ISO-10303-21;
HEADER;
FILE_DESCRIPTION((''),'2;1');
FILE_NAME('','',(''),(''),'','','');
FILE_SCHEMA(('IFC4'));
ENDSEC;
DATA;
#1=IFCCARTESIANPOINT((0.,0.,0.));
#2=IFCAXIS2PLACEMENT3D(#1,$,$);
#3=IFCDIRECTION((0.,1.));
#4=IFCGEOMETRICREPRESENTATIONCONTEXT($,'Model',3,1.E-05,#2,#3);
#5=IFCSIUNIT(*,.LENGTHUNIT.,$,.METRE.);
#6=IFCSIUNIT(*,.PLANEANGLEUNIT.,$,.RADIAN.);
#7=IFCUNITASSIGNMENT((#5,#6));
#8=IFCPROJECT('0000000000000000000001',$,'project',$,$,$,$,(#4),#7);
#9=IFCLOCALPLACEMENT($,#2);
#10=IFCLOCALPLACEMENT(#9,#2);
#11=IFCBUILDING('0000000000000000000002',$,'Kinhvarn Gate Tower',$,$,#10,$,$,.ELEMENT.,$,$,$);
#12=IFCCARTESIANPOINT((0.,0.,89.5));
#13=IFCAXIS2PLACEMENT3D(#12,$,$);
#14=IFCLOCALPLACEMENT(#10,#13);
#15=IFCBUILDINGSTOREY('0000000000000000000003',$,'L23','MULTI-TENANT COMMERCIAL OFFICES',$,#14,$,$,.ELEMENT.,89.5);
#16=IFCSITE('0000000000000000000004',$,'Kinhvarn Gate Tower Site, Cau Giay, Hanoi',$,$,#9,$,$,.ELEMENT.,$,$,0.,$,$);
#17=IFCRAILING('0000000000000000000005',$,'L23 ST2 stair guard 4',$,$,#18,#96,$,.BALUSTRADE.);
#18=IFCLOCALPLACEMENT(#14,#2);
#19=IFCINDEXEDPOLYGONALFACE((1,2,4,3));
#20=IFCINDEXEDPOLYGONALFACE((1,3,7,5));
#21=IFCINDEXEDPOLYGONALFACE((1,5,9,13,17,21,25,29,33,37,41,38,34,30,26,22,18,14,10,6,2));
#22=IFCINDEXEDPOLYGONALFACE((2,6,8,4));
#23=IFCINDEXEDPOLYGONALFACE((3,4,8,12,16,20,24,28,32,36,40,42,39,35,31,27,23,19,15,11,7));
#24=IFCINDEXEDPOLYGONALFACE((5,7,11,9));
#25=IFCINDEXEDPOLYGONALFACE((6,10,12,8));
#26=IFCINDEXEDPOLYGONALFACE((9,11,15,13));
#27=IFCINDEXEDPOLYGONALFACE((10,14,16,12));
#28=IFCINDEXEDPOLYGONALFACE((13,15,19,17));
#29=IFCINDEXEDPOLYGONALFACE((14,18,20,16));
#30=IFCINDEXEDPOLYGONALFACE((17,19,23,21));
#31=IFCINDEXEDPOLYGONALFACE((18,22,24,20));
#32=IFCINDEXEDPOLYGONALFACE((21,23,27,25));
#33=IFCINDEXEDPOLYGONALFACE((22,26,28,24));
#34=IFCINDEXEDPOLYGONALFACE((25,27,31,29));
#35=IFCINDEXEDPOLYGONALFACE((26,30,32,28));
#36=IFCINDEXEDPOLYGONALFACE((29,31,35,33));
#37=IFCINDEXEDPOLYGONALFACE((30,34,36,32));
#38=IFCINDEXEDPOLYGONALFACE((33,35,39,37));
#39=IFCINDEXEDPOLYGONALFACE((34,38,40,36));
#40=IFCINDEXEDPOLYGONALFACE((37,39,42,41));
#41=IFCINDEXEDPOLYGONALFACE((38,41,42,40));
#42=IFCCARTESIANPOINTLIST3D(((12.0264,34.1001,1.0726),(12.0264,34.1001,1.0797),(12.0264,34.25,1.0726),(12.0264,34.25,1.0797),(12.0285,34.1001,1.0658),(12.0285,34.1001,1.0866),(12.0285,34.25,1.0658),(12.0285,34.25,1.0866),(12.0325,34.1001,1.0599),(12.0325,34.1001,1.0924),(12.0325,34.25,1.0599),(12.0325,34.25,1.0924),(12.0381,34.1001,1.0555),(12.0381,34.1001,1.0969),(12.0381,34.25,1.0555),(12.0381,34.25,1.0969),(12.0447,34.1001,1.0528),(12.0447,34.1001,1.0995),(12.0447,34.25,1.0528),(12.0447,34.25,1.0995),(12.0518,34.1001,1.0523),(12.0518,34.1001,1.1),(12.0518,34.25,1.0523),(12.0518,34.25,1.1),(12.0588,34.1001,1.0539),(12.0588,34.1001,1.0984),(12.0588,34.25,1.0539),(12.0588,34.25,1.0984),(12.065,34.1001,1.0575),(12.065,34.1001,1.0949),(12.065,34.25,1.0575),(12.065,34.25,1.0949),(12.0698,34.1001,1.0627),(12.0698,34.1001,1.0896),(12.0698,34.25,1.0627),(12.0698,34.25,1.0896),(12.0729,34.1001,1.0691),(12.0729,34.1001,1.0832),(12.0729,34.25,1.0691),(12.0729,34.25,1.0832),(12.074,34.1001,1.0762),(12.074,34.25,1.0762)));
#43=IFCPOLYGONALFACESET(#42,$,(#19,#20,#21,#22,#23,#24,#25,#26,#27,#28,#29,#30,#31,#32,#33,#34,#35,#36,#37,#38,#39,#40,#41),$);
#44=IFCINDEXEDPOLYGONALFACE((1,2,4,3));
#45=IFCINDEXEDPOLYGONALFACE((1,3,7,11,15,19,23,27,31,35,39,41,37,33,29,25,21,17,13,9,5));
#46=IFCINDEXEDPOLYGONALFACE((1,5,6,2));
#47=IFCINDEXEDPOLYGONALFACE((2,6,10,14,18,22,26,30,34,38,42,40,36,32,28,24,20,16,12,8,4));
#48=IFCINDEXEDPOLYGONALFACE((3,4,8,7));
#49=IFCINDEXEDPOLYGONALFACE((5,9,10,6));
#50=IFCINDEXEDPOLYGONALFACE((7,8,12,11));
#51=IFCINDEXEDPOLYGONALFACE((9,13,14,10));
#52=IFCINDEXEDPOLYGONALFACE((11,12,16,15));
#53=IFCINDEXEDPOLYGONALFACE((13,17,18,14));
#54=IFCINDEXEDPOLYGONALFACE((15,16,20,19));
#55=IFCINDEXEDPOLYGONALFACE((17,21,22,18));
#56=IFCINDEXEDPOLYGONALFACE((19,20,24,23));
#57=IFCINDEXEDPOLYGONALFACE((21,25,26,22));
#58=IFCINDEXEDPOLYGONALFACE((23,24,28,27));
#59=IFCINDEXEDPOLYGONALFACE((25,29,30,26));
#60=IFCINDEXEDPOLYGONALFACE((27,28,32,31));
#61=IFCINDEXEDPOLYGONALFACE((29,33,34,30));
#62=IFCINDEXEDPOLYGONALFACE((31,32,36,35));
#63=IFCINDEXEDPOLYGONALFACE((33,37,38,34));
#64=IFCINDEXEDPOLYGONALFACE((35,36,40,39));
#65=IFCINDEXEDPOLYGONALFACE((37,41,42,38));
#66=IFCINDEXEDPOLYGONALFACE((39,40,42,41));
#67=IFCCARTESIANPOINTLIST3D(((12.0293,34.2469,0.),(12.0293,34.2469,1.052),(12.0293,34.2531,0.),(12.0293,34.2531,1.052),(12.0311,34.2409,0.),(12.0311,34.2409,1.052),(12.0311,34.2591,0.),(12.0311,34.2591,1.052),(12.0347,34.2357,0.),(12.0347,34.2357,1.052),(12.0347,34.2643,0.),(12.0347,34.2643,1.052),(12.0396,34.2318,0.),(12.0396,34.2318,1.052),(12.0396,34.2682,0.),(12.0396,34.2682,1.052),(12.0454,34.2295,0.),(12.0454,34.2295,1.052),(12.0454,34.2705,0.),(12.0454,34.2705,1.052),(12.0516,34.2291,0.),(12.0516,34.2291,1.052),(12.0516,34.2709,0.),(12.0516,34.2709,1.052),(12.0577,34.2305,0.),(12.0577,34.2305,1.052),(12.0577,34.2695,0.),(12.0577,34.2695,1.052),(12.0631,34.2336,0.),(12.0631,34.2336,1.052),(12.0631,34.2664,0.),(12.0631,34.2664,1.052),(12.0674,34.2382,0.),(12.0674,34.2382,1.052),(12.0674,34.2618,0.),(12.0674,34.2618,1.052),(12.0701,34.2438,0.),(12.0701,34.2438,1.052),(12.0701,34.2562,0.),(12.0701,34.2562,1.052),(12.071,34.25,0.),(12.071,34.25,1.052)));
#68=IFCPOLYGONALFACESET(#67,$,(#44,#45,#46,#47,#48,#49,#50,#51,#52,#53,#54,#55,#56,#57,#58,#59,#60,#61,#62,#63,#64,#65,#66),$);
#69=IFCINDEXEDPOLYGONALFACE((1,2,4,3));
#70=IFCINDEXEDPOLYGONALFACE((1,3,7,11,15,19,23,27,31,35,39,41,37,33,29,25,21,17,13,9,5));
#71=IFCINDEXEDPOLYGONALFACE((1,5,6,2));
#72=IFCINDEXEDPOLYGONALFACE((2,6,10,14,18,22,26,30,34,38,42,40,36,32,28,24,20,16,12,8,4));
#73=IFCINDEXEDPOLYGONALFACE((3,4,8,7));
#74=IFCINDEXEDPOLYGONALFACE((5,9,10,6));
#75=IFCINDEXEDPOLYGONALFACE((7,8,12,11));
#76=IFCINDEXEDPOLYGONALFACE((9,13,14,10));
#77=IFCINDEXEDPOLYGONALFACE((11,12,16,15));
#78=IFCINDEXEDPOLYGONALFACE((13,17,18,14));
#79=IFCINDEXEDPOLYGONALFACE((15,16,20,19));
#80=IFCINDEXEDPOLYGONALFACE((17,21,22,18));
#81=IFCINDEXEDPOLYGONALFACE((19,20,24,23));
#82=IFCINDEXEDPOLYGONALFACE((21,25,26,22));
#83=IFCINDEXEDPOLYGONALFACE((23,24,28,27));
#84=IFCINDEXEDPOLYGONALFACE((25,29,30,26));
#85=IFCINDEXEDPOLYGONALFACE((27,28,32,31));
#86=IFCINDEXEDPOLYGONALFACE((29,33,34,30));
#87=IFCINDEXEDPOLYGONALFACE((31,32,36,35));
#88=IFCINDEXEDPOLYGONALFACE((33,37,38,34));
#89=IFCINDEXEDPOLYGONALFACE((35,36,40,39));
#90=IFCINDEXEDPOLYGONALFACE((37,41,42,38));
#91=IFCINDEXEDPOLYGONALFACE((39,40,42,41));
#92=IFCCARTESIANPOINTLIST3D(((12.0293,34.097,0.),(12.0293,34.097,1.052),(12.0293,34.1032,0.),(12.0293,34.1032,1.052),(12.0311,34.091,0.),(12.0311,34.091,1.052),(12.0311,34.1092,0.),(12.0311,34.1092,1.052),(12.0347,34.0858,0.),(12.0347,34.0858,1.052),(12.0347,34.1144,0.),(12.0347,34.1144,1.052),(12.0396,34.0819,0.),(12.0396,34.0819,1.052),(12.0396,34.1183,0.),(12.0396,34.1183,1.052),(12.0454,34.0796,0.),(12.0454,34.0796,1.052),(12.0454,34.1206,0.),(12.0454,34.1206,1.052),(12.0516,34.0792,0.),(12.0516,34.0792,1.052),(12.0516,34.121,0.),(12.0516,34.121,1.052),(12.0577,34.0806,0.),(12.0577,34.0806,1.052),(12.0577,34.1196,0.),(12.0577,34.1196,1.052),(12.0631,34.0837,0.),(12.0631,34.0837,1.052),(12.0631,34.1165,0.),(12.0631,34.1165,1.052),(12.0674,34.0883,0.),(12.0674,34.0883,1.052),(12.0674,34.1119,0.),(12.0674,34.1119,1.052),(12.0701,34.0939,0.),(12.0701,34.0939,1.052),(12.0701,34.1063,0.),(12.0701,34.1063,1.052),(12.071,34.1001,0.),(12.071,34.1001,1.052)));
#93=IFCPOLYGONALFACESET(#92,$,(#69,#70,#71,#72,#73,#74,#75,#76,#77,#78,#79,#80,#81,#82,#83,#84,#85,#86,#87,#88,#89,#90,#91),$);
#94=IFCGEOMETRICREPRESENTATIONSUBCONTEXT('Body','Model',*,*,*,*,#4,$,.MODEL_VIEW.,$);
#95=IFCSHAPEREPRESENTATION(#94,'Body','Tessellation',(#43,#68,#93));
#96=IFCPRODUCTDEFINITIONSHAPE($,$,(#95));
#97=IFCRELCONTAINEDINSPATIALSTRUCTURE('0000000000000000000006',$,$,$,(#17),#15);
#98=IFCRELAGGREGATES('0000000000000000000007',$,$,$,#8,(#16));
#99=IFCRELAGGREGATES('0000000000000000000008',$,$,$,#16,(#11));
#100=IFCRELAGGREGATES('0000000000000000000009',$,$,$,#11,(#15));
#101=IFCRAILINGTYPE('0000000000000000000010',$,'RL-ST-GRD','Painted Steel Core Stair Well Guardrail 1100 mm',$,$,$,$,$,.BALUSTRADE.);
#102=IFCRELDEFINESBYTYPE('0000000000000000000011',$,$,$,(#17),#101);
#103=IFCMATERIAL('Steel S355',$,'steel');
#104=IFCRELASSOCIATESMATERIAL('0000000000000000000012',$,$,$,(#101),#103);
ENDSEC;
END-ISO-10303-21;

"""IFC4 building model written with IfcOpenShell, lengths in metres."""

from ifc_helpers import new_model, si_unit, direction, frame, origin, origin_2d, place, context, subcontext, project, spatial, circle, extrude, material, type_object, element, save


model = new_model("IFC4")

# Units and contexts
model_context = context("Model", 3, precision=1e-05, world=origin(), true_north=direction((0.0, 1.0)))
body_context = subcontext(model_context, "Body", "Model", "MODEL_VIEW")
ifc_project = project(units=[si_unit("LENGTHUNIT", "METRE"), si_unit("PLANEANGLEUNIT", "RADIAN")], contexts=[model_context])

# Site, building, storey
site_placement = place(None, origin())
site = spatial("IfcSite", under=ifc_project, at=site_placement, Name="Kinhvarn Gate Tower Site, Cau Giay, Hanoi", CompositionType="ELEMENT", RefElevation=0.0)
building_placement = place(site_placement, origin())
building = spatial("IfcBuilding", under=site, at=building_placement, Name="Kinhvarn Gate Tower", CompositionType="ELEMENT")
storey_placement = place(building_placement, frame((0.0, 0.0, 89.5)))
storey = spatial("IfcBuildingStorey", under=building, at=storey_placement, Name="L23", Description="MULTI-TENANT COMMERCIAL OFFICES", CompositionType="ELEMENT", Elevation=89.5)

# Shared definitions
ifc_material_1 = material(Name="Steel S355", Category="steel")

# Railing
railing_type_1 = type_object("IfcRailingType", Name="RL-ST-GRD", Description="Painted Steel Core Stair Well Guardrail 1100 mm", PredefinedType="BALUSTRADE", material=ifc_material_1)
railing_1_placement = place(storey_placement, frame((12.05, 34.25, 0.0)))
element("IfcRailing", 1, at=railing_1_placement, inside=storey, type_object=railing_type_1, Name="L23 ST2 stair guard 4", PredefinedType="BALUSTRADE", context=body_context, shape_type="SweptSolid", body=[
    extrude(circle(Radius=0.0239, at=origin_2d()), frame((0.0, 0.0, 1.0762), z_axis=(0.0, -1.0, 0.0), x_axis=(1.0, 0.0, 0.0)), (0.0, 0.0, 1.0), 0.1499),
    extrude(circle(Radius=0.021, at=origin_2d()), origin(), (0.0, 0.0, 1.0), 1.052),
    extrude(circle(Radius=0.021, at=origin_2d()), frame((0.0, -0.1499, 0.0)), (0.0, 0.0, 1.0), 1.052),
])

save(model, "model.ifc")
